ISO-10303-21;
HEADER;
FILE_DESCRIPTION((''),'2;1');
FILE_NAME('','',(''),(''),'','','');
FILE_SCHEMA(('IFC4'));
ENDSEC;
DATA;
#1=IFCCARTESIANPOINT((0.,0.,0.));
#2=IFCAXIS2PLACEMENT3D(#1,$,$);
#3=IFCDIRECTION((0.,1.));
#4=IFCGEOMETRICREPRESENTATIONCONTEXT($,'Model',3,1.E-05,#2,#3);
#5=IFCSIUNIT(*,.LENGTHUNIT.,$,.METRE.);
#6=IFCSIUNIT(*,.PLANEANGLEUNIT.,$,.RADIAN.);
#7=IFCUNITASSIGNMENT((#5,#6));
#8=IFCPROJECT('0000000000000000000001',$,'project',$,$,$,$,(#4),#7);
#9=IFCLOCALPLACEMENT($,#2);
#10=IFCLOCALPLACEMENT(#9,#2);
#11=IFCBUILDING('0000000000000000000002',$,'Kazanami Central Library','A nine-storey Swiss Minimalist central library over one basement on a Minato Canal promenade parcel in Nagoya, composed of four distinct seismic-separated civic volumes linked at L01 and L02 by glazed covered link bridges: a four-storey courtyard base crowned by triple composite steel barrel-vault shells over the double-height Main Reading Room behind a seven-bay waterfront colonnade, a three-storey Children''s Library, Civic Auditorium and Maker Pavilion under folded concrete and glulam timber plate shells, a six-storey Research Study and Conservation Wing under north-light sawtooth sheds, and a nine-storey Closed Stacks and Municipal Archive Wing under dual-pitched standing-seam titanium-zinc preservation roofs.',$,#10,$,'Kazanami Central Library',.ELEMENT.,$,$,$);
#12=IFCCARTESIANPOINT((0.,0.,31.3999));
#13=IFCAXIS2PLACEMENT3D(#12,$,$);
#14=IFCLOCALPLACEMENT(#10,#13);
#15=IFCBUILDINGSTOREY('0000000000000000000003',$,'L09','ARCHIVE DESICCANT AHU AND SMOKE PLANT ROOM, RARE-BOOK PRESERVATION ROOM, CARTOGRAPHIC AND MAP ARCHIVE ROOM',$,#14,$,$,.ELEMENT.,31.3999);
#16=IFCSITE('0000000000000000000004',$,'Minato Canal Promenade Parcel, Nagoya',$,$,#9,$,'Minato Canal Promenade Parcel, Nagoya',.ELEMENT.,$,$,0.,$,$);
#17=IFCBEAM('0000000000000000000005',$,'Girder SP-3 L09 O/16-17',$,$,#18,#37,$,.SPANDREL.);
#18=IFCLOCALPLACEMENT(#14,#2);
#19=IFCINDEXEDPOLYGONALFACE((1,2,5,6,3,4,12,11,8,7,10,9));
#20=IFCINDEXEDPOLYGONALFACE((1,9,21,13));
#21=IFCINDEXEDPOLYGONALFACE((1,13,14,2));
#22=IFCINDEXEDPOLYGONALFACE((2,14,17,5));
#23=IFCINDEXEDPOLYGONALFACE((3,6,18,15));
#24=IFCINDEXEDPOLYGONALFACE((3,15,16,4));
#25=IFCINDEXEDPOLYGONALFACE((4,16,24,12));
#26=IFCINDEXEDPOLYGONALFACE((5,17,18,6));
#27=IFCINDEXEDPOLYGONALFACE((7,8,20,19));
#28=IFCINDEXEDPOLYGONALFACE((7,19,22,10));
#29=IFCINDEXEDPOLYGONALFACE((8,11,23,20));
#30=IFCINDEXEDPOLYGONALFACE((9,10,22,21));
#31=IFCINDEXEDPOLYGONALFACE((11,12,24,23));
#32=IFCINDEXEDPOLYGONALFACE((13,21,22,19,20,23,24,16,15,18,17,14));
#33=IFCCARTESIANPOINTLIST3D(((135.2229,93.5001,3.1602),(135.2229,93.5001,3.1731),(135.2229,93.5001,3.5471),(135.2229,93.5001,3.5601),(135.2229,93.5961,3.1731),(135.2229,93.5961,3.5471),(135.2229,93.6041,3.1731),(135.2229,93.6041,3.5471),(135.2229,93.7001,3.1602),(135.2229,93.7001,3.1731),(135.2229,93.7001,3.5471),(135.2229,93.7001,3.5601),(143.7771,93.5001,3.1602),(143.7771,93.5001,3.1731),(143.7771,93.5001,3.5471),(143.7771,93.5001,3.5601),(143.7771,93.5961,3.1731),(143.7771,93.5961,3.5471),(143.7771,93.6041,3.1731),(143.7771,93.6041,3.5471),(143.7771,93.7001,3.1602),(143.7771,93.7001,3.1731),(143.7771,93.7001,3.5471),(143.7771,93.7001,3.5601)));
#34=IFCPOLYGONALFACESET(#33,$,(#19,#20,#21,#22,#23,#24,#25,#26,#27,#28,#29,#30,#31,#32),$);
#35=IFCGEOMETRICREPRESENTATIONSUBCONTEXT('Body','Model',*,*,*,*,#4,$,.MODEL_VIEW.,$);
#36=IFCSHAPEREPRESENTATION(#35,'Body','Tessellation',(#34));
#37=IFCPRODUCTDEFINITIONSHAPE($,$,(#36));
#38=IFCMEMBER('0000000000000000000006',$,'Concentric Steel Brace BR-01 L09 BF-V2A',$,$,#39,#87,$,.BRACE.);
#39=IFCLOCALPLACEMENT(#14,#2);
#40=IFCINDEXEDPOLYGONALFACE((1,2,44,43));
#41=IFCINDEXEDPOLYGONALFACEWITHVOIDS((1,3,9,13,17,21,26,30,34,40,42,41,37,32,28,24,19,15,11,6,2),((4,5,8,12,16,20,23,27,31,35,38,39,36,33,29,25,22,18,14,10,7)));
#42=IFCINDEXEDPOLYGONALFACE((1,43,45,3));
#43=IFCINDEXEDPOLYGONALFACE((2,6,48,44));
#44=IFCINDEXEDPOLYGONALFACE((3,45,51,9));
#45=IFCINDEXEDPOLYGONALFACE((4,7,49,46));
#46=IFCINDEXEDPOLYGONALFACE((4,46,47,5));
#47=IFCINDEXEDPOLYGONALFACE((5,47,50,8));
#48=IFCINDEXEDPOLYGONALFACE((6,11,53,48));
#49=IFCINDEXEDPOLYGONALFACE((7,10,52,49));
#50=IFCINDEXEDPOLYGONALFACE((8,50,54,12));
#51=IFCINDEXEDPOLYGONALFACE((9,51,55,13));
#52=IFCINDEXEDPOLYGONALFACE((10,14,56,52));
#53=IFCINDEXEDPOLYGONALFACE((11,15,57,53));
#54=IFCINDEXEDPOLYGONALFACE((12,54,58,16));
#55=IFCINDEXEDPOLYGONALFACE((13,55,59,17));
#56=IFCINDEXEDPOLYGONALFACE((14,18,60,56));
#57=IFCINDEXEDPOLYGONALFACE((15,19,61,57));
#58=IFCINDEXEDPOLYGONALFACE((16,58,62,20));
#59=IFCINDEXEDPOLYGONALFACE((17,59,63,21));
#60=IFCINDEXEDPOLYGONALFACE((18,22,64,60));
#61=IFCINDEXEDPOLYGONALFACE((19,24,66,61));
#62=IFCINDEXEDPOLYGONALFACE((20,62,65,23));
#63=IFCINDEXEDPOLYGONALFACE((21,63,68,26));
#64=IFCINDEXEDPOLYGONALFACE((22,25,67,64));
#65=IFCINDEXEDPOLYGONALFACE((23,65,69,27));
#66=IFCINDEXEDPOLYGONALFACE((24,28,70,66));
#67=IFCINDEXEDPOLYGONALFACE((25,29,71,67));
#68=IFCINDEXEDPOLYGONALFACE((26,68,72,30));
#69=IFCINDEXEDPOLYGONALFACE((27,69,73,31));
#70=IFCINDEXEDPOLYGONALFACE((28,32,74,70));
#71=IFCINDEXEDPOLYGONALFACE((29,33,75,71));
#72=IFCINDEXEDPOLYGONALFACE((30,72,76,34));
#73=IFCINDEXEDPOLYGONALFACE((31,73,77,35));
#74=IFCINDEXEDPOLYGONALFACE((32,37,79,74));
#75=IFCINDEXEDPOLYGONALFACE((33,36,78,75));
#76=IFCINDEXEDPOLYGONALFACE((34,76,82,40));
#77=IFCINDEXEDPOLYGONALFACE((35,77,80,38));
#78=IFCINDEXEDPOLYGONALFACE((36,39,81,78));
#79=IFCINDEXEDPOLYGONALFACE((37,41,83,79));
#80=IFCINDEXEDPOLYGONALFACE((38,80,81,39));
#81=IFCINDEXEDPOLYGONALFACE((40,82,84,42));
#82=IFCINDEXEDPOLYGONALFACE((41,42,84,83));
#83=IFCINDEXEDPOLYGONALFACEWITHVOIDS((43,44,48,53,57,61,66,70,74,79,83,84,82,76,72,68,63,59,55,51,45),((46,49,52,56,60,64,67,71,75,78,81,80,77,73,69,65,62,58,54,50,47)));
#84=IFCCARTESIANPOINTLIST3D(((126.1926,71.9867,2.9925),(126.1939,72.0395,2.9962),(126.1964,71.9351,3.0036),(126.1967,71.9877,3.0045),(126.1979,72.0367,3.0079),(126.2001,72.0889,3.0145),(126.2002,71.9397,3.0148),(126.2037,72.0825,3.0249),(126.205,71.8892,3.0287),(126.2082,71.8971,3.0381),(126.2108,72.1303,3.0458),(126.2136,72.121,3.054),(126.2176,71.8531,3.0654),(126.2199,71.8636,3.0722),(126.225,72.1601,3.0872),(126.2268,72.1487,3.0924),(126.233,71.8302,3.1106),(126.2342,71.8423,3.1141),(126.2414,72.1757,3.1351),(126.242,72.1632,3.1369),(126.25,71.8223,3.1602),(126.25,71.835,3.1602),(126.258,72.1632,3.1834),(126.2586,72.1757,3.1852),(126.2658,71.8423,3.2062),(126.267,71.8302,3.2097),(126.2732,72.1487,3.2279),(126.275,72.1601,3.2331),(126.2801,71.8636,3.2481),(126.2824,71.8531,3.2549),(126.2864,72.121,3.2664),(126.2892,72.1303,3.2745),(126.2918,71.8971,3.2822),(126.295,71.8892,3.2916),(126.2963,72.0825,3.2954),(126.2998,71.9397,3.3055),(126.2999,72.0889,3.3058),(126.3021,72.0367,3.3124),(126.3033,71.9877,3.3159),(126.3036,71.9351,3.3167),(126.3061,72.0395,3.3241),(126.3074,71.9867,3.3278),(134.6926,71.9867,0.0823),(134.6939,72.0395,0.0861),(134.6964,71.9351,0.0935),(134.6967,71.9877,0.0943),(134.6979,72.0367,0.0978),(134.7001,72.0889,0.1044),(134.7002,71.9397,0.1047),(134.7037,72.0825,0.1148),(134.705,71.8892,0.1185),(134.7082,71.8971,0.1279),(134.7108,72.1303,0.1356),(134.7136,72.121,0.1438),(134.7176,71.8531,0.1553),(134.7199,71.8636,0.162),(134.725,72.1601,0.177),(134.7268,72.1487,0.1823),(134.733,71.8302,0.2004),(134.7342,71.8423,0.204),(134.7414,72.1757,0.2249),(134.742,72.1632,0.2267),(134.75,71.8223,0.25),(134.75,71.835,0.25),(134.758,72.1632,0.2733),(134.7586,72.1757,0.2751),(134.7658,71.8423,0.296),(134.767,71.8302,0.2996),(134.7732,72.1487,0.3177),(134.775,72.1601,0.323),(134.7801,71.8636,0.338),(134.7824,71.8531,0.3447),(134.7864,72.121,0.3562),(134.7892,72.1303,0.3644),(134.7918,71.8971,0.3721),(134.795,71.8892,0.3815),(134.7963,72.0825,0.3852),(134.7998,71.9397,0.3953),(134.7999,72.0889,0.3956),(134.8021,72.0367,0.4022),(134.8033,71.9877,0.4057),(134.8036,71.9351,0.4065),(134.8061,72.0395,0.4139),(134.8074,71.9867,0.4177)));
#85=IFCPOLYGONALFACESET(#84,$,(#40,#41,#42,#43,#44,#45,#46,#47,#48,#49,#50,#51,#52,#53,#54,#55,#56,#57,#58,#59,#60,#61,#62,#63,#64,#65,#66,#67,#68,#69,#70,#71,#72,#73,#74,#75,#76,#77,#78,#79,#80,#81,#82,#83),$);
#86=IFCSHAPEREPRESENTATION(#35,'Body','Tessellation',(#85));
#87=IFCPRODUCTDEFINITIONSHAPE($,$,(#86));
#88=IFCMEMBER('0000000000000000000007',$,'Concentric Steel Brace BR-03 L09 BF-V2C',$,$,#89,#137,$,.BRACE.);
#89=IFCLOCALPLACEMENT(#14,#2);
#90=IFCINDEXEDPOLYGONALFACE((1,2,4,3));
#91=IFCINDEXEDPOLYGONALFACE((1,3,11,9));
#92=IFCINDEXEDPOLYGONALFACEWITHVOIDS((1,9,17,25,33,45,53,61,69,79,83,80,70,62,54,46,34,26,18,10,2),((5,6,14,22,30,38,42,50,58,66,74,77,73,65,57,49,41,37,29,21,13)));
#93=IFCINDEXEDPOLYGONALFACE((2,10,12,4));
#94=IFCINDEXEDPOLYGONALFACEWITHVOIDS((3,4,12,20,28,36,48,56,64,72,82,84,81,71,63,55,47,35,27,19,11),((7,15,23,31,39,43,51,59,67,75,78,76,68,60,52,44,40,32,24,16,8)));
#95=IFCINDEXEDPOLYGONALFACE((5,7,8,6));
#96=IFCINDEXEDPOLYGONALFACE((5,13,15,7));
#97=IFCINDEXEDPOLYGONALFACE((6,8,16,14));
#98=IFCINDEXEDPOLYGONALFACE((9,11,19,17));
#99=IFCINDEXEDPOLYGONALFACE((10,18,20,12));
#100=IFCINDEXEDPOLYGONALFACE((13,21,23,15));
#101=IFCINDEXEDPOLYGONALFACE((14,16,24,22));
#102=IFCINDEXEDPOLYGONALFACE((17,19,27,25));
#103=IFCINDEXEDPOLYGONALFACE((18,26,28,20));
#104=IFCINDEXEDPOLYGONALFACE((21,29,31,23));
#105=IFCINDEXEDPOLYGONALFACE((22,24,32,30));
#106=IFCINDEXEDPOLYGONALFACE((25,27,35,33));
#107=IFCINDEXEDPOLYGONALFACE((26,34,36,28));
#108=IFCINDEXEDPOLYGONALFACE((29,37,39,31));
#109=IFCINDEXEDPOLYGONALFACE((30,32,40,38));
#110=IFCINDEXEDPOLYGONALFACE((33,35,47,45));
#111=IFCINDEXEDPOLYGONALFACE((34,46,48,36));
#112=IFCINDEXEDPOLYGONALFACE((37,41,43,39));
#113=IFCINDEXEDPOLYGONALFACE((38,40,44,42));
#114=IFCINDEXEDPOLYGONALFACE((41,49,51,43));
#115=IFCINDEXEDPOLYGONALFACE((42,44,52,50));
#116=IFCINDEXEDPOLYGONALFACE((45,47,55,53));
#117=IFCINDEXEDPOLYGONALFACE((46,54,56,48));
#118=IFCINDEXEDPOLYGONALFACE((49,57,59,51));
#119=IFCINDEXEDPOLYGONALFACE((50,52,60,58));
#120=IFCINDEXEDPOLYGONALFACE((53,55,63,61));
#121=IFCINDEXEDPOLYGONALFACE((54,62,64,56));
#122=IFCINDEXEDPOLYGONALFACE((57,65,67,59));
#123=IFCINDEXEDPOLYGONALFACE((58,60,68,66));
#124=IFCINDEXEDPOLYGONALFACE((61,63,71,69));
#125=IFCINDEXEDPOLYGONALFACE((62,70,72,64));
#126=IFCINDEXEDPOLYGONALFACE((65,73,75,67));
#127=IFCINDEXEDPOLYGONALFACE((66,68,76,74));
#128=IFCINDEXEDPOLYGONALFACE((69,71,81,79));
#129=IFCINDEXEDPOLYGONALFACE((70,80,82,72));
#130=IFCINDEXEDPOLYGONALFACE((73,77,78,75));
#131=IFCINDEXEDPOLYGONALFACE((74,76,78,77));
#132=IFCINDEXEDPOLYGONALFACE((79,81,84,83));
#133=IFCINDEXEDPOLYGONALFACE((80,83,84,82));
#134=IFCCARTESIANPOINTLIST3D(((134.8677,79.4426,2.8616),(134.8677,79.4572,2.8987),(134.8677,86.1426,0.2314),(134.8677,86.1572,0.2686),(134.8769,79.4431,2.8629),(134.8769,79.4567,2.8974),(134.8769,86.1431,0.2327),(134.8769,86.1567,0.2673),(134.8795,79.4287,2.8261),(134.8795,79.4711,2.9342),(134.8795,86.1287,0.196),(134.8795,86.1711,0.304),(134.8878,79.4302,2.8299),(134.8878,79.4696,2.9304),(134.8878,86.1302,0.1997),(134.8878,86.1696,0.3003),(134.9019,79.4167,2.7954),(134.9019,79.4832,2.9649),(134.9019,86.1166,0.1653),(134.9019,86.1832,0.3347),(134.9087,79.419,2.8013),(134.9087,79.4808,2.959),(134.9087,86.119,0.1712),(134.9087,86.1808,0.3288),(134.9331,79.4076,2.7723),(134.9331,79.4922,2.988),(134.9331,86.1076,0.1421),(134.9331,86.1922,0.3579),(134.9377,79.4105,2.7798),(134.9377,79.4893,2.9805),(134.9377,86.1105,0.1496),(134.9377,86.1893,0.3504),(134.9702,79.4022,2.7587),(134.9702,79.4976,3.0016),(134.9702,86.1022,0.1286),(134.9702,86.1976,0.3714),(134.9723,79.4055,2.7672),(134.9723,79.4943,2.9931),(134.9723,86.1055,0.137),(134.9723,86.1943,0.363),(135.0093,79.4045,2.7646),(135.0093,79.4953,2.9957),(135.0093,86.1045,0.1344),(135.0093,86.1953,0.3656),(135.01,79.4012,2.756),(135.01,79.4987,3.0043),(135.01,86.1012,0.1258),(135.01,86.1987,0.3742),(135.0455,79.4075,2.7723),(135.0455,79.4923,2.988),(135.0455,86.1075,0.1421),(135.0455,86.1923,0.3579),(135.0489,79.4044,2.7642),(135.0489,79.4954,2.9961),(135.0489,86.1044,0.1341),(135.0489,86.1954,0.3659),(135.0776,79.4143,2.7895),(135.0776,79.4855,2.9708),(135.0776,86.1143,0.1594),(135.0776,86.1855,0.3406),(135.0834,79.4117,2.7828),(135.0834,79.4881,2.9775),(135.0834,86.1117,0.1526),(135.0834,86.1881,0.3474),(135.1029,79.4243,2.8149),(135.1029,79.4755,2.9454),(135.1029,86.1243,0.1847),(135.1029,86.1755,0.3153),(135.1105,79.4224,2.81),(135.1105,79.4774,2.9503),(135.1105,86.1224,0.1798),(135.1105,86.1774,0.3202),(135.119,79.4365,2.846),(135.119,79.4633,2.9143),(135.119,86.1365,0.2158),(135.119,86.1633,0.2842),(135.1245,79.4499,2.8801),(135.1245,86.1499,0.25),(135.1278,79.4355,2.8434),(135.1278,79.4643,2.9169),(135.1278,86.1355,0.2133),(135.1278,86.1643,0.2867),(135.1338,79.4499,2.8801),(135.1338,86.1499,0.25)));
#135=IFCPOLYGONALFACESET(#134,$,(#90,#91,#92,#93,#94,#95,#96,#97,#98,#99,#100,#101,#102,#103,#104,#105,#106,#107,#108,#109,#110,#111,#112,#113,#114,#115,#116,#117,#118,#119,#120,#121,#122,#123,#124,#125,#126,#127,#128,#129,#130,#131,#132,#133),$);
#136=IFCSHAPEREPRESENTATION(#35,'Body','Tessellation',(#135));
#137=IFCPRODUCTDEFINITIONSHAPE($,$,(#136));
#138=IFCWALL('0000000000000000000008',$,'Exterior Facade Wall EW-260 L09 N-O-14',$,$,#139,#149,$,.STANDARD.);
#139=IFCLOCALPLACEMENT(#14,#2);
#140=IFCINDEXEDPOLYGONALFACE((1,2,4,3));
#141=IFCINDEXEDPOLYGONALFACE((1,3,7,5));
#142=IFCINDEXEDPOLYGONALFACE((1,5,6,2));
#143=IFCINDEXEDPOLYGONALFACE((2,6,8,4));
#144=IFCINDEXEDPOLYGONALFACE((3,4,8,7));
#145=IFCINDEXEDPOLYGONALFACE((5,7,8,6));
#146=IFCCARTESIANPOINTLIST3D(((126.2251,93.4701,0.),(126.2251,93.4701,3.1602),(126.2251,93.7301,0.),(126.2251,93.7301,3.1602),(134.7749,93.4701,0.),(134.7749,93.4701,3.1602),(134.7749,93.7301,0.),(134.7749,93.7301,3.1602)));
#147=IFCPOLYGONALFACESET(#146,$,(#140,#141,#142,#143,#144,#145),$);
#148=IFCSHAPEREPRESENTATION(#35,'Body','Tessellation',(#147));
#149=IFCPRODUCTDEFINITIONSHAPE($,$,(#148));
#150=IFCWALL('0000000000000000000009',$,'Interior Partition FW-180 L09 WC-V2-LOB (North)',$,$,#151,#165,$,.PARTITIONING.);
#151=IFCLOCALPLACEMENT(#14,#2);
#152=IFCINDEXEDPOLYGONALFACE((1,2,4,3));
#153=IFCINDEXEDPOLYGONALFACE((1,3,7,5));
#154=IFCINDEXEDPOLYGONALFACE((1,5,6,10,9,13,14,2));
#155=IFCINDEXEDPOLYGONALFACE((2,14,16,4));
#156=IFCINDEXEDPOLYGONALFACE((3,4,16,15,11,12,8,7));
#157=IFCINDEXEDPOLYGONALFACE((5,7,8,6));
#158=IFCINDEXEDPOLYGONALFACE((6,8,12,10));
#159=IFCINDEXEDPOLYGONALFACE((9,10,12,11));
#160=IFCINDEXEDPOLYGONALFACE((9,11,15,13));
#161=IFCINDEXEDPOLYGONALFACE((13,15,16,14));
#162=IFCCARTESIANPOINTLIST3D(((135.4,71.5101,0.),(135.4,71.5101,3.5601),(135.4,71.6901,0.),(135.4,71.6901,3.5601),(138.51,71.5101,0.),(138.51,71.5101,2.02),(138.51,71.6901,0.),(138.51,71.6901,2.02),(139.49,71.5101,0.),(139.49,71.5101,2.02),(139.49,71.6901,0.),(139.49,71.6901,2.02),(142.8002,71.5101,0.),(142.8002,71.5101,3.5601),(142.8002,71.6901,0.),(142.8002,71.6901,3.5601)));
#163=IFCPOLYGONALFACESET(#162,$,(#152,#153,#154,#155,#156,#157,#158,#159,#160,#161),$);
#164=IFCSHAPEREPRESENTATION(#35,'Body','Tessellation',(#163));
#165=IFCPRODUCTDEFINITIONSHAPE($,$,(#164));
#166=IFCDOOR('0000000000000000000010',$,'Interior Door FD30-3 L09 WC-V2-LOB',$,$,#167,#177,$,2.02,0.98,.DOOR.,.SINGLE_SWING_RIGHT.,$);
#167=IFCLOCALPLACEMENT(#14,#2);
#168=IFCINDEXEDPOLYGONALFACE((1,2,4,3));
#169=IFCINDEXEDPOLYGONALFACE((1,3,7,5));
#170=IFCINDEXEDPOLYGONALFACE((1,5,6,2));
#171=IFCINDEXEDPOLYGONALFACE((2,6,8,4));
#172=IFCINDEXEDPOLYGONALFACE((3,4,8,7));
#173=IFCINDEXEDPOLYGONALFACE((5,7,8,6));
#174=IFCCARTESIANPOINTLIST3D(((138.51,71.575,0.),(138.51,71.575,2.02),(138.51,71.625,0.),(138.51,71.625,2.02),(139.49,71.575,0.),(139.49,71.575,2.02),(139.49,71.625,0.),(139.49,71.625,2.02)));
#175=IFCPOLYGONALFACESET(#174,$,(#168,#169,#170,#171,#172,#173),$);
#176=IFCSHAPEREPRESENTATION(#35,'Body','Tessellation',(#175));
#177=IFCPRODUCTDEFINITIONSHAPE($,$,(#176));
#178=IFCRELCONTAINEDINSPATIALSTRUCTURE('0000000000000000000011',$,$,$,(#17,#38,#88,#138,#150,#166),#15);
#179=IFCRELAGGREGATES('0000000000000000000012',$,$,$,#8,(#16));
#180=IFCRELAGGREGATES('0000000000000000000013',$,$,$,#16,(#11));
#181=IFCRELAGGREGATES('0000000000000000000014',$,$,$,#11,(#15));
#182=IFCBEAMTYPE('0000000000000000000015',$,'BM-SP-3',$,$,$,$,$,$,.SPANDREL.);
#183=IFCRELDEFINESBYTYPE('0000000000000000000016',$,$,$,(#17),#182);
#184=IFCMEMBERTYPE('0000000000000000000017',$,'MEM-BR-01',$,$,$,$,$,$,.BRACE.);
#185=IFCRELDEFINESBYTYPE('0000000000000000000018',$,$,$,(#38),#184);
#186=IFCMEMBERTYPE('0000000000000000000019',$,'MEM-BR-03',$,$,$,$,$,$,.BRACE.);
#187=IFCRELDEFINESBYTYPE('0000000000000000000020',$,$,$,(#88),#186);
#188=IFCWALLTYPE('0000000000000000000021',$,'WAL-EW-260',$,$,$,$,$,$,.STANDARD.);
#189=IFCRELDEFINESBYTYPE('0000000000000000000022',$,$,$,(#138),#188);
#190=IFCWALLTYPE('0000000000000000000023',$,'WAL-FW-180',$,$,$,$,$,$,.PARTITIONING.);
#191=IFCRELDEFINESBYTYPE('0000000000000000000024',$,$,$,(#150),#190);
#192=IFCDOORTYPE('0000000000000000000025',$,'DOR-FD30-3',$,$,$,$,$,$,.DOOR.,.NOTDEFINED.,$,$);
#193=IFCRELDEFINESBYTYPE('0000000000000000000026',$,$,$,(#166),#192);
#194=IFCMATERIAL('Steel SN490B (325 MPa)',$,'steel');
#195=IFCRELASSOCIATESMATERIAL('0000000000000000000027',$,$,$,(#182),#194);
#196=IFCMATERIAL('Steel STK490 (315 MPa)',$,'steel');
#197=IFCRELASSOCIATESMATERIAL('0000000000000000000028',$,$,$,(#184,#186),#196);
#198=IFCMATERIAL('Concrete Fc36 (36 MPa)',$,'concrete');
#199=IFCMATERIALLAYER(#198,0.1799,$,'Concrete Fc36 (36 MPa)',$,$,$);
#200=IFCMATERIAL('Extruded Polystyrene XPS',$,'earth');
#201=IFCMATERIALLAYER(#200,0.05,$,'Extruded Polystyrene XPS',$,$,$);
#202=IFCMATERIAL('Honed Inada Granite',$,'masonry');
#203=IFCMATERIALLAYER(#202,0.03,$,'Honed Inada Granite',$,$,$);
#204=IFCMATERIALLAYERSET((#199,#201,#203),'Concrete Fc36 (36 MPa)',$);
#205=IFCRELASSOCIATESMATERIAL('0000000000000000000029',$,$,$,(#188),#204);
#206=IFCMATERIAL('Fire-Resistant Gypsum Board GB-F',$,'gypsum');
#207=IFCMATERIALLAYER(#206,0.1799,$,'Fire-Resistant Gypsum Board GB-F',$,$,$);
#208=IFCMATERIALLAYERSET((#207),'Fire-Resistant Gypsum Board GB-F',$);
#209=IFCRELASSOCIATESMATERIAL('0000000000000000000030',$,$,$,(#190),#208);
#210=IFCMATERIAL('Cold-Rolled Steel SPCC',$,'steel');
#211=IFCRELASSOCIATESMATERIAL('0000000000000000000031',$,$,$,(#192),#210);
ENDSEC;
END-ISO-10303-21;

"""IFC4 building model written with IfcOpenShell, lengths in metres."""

from ifc_helpers import new_model, si_unit, direction, frame, frame_2d, origin, origin_2d, place, context, subcontext, project, spatial, rectangle, hollow_circle, i_section, extrude, material, layer, layer_set, material_profile, profile_set, type_object, element, fill, save


model = new_model("IFC4")

# Units and contexts
model_context = context("Model", 3, precision=1e-05, world=origin(), true_north=direction((0.0, 1.0)))
body_context = subcontext(model_context, "Body", "Model", "MODEL_VIEW")
ifc_project = project(units=[si_unit("LENGTHUNIT", "METRE"), si_unit("PLANEANGLEUNIT", "RADIAN")], contexts=[model_context])

# Site, building, storey
site_placement = place(None, origin())
site = spatial("IfcSite", under=ifc_project, at=site_placement, Name="Minato Canal Promenade Parcel, Nagoya", LongName="Minato Canal Promenade Parcel, Nagoya", CompositionType="ELEMENT", RefElevation=0.0)
building_placement = place(site_placement, origin())
building = spatial("IfcBuilding", under=site, at=building_placement, Name="Kazanami Central Library", Description="A nine-storey Swiss Minimalist central library over one basement on a Minato Canal promenade parcel in Nagoya, composed of four distinct seismic-separated civic volumes linked at L01 and L02 by glazed covered link bridges: a four-storey courtyard base crowned by triple composite steel barrel-vault shells over the double-height Main Reading Room behind a seven-bay waterfront colonnade, a three-storey Children's Library, Civic Auditorium and Maker Pavilion under folded concrete and glulam timber plate shells, a six-storey Research Study and Conservation Wing under north-light sawtooth sheds, and a nine-storey Closed Stacks and Municipal Archive Wing under dual-pitched standing-seam titanium-zinc preservation roofs.", LongName="Kazanami Central Library", CompositionType="ELEMENT")
storey_placement = place(building_placement, frame((0.0, 0.0, 31.3999)))
storey = spatial("IfcBuildingStorey", under=building, at=storey_placement, Name="L09", Description="ARCHIVE DESICCANT AHU AND SMOKE PLANT ROOM, RARE-BOOK PRESERVATION ROOM, CARTOGRAPHIC AND MAP ARCHIVE ROOM", CompositionType="ELEMENT", Elevation=31.3999)

# Beam
ifc_material_1 = material(Name="Steel SN490B (325 MPa)", Category="steel")
ifc_material_profile_1 = material_profile(ifc_material_1, i_section(OverallWidth=0.2, OverallDepth=0.3999, WebThickness=0.0081, FlangeThickness=0.0129, at=origin_2d()), Name="H-400x200x8x13")
ifc_profile_set_1 = profile_set([ifc_material_profile_1], Name="Steel SN490B (325 MPa)")
beam_type_1 = type_object("IfcBeamType", Name="BM-SP-3", PredefinedType="SPANDREL", material=ifc_profile_set_1)
beam_1_placement = place(storey_placement, frame((135.2229, 93.6001, 3.3601), z_axis=(1.0, 0.0, 0.0), x_axis=(0.0, 1.0, 0.0)))
element("IfcBeam", 1, at=beam_1_placement, inside=storey, type_object=beam_type_1, Name="Girder SP-3 L09 O/16-17", PredefinedType="SPANDREL", context=body_context, shape_type="SweptSolid", body=[
    extrude(i_section(OverallWidth=0.2, OverallDepth=0.3999, WebThickness=0.0081, FlangeThickness=0.0129, at=origin_2d()), origin(), (0.0, 0.0, 1.0), 8.5542),
])

# Members
ifc_material_2 = material(Name="Steel STK490 (315 MPa)", Category="steel")
ifc_material_profile_2 = material_profile(ifc_material_2, hollow_circle(Radius=0.1777, WallThickness=0.0127, at=origin_2d()), Name="CHS-355.6x12.7")
ifc_profile_set_2 = profile_set([ifc_material_profile_2], Name="Steel STK490 (315 MPa)")
member_type_1 = type_object("IfcMemberType", Name="MEM-BR-01", PredefinedType="BRACE", material=ifc_profile_set_2)
member_1_placement = place(storey_placement, frame((134.75, 72.0, 0.25), z_axis=(-0.946087, 0.0, 0.323913), x_axis=(0.0, -1.0, 0.0)))
element("IfcMember", 2, at=member_1_placement, inside=storey, type_object=member_type_1, Name="Concentric Steel Brace BR-01 L09 BF-V2A", PredefinedType="BRACE", context=body_context, shape_type="SweptSolid", body=[
    extrude(hollow_circle(Radius=0.1777, WallThickness=0.0127, at=origin_2d()), origin(), (0.0, 0.0, 1.0), 8.9844),
])
ifc_material_profile_3 = material_profile(ifc_material_2, hollow_circle(Radius=0.1338, WallThickness=0.0093, at=origin_2d()), Name="CHS-267.4x9.3")
ifc_profile_set_3 = profile_set([ifc_material_profile_3], Name="Steel STK490 (315 MPa)")
member_type_2 = type_object("IfcMemberType", Name="MEM-BR-03", PredefinedType="BRACE", material=ifc_profile_set_3)
member_2_placement = place(storey_placement, frame((135.0, 86.1499, 0.25), z_axis=(0.0, -0.930846, 0.365412), x_axis=(1.0, 0.0, 0.0)))
element("IfcMember", 3, at=member_2_placement, inside=storey, type_object=member_type_2, Name="Concentric Steel Brace BR-03 L09 BF-V2C", PredefinedType="BRACE", context=body_context, shape_type="SweptSolid", body=[
    extrude(hollow_circle(Radius=0.1338, WallThickness=0.0093, at=origin_2d()), origin(), (0.0, 0.0, 1.0), 7.1978),
])

# Wall
ifc_material_3 = material(Name="Concrete Fc36 (36 MPa)", Category="concrete")
ifc_layer_1 = layer(ifc_material_3, 0.1799, Name="Concrete Fc36 (36 MPa)")
ifc_material_4 = material(Name="Extruded Polystyrene XPS", Category="earth")
ifc_layer_2 = layer(ifc_material_4, 0.05, Name="Extruded Polystyrene XPS")
ifc_material_5 = material(Name="Honed Inada Granite", Category="masonry")
ifc_layer_3 = layer(ifc_material_5, 0.03, Name="Honed Inada Granite")
ifc_layer_set_1 = layer_set([ifc_layer_1, ifc_layer_2, ifc_layer_3], Name="Concrete Fc36 (36 MPa)")
wall_type_1 = type_object("IfcWallType", Name="WAL-EW-260", PredefinedType="STANDARD", material=ifc_layer_set_1)
wall_1_placement = place(storey_placement, frame((134.7749, 93.6001, 0.0), z_axis=(0.0, 0.0, 1.0), x_axis=(-1.0, 0.0, 0.0)))
element("IfcWall", 4, at=wall_1_placement, inside=storey, type_object=wall_type_1, Name="Exterior Facade Wall EW-260 L09 N-O-14", PredefinedType="STANDARD", context=body_context, shape_type="SweptSolid", body=[
    extrude(rectangle(XDim=8.5498, YDim=0.26, at=frame_2d((4.2749, 0.0))), origin(), (0.0, 0.0, 1.0), 3.1602),
])

# Wall, opening, door
ifc_material_6 = material(Name="Fire-Resistant Gypsum Board GB-F", Category="gypsum")
ifc_layer_4 = layer(ifc_material_6, 0.1799, Name="Fire-Resistant Gypsum Board GB-F")
ifc_layer_set_2 = layer_set([ifc_layer_4], Name="Fire-Resistant Gypsum Board GB-F")
wall_type_2 = type_object("IfcWallType", Name="WAL-FW-180", PredefinedType="PARTITIONING", material=ifc_layer_set_2)
wall_2_placement = place(storey_placement, frame((135.3999, 71.6001, 0.0), z_axis=(0.0, 0.0, 1.0), x_axis=(1.0, 0.0, 0.0)))
wall_2 = element("IfcWall", 5, at=wall_2_placement, inside=storey, type_object=wall_type_2, Name="Interior Partition FW-180 L09 WC-V2-LOB (North)", PredefinedType="PARTITIONING", context=body_context, shape_type="SweptSolid", body=[
    extrude(rectangle(XDim=7.4001, YDim=0.1799, at=frame_2d((3.7002, 0.0))), origin(), (0.0, 0.0, 1.0), 3.5601),
])
opening_1_placement = place(wall_2_placement, frame((3.1101, 0.0, 0.0)))
opening_1 = element("IfcOpeningElement", 6, at=opening_1_placement, cuts=wall_2, PredefinedType="OPENING", context=body_context, shape_type="SweptSolid", body=[
    extrude(rectangle(XDim=0.98, YDim=2.02, at=frame_2d((0.49, 1.01))), frame((0.0, 0.1021, 0.0), z_axis=(0.0, -1.0, 0.0), x_axis=(1.0, 0.0, 0.0)), (0.0, 0.0, 1.0), 0.2039),
])
ifc_material_7 = material(Name="Cold-Rolled Steel SPCC", Category="steel")
door_type_1 = type_object("IfcDoorType", Name="DOR-FD30-3", OperationType="NOTDEFINED", PredefinedType="DOOR", material=ifc_material_7)
door_1_placement = place(opening_1_placement, origin())
door_1 = element("IfcDoor", 7, at=door_1_placement, inside=storey, type_object=door_type_1, Name="Interior Door FD30-3 L09 WC-V2-LOB", OperationType="SINGLE_SWING_RIGHT", OverallHeight=2.02, OverallWidth=0.98, PredefinedType="DOOR", context=body_context, shape_type="SweptSolid", body=[
    extrude(rectangle(XDim=0.98, YDim=2.02, at=frame_2d((0.49, 1.01))), frame((0.0, 0.0249, 0.0), z_axis=(0.0, -1.0, 0.0), x_axis=(1.0, 0.0, 0.0)), (0.0, 0.0, 1.0), 0.05),
])
fill(opening_1, door_1)

save(model, "model.ifc")
